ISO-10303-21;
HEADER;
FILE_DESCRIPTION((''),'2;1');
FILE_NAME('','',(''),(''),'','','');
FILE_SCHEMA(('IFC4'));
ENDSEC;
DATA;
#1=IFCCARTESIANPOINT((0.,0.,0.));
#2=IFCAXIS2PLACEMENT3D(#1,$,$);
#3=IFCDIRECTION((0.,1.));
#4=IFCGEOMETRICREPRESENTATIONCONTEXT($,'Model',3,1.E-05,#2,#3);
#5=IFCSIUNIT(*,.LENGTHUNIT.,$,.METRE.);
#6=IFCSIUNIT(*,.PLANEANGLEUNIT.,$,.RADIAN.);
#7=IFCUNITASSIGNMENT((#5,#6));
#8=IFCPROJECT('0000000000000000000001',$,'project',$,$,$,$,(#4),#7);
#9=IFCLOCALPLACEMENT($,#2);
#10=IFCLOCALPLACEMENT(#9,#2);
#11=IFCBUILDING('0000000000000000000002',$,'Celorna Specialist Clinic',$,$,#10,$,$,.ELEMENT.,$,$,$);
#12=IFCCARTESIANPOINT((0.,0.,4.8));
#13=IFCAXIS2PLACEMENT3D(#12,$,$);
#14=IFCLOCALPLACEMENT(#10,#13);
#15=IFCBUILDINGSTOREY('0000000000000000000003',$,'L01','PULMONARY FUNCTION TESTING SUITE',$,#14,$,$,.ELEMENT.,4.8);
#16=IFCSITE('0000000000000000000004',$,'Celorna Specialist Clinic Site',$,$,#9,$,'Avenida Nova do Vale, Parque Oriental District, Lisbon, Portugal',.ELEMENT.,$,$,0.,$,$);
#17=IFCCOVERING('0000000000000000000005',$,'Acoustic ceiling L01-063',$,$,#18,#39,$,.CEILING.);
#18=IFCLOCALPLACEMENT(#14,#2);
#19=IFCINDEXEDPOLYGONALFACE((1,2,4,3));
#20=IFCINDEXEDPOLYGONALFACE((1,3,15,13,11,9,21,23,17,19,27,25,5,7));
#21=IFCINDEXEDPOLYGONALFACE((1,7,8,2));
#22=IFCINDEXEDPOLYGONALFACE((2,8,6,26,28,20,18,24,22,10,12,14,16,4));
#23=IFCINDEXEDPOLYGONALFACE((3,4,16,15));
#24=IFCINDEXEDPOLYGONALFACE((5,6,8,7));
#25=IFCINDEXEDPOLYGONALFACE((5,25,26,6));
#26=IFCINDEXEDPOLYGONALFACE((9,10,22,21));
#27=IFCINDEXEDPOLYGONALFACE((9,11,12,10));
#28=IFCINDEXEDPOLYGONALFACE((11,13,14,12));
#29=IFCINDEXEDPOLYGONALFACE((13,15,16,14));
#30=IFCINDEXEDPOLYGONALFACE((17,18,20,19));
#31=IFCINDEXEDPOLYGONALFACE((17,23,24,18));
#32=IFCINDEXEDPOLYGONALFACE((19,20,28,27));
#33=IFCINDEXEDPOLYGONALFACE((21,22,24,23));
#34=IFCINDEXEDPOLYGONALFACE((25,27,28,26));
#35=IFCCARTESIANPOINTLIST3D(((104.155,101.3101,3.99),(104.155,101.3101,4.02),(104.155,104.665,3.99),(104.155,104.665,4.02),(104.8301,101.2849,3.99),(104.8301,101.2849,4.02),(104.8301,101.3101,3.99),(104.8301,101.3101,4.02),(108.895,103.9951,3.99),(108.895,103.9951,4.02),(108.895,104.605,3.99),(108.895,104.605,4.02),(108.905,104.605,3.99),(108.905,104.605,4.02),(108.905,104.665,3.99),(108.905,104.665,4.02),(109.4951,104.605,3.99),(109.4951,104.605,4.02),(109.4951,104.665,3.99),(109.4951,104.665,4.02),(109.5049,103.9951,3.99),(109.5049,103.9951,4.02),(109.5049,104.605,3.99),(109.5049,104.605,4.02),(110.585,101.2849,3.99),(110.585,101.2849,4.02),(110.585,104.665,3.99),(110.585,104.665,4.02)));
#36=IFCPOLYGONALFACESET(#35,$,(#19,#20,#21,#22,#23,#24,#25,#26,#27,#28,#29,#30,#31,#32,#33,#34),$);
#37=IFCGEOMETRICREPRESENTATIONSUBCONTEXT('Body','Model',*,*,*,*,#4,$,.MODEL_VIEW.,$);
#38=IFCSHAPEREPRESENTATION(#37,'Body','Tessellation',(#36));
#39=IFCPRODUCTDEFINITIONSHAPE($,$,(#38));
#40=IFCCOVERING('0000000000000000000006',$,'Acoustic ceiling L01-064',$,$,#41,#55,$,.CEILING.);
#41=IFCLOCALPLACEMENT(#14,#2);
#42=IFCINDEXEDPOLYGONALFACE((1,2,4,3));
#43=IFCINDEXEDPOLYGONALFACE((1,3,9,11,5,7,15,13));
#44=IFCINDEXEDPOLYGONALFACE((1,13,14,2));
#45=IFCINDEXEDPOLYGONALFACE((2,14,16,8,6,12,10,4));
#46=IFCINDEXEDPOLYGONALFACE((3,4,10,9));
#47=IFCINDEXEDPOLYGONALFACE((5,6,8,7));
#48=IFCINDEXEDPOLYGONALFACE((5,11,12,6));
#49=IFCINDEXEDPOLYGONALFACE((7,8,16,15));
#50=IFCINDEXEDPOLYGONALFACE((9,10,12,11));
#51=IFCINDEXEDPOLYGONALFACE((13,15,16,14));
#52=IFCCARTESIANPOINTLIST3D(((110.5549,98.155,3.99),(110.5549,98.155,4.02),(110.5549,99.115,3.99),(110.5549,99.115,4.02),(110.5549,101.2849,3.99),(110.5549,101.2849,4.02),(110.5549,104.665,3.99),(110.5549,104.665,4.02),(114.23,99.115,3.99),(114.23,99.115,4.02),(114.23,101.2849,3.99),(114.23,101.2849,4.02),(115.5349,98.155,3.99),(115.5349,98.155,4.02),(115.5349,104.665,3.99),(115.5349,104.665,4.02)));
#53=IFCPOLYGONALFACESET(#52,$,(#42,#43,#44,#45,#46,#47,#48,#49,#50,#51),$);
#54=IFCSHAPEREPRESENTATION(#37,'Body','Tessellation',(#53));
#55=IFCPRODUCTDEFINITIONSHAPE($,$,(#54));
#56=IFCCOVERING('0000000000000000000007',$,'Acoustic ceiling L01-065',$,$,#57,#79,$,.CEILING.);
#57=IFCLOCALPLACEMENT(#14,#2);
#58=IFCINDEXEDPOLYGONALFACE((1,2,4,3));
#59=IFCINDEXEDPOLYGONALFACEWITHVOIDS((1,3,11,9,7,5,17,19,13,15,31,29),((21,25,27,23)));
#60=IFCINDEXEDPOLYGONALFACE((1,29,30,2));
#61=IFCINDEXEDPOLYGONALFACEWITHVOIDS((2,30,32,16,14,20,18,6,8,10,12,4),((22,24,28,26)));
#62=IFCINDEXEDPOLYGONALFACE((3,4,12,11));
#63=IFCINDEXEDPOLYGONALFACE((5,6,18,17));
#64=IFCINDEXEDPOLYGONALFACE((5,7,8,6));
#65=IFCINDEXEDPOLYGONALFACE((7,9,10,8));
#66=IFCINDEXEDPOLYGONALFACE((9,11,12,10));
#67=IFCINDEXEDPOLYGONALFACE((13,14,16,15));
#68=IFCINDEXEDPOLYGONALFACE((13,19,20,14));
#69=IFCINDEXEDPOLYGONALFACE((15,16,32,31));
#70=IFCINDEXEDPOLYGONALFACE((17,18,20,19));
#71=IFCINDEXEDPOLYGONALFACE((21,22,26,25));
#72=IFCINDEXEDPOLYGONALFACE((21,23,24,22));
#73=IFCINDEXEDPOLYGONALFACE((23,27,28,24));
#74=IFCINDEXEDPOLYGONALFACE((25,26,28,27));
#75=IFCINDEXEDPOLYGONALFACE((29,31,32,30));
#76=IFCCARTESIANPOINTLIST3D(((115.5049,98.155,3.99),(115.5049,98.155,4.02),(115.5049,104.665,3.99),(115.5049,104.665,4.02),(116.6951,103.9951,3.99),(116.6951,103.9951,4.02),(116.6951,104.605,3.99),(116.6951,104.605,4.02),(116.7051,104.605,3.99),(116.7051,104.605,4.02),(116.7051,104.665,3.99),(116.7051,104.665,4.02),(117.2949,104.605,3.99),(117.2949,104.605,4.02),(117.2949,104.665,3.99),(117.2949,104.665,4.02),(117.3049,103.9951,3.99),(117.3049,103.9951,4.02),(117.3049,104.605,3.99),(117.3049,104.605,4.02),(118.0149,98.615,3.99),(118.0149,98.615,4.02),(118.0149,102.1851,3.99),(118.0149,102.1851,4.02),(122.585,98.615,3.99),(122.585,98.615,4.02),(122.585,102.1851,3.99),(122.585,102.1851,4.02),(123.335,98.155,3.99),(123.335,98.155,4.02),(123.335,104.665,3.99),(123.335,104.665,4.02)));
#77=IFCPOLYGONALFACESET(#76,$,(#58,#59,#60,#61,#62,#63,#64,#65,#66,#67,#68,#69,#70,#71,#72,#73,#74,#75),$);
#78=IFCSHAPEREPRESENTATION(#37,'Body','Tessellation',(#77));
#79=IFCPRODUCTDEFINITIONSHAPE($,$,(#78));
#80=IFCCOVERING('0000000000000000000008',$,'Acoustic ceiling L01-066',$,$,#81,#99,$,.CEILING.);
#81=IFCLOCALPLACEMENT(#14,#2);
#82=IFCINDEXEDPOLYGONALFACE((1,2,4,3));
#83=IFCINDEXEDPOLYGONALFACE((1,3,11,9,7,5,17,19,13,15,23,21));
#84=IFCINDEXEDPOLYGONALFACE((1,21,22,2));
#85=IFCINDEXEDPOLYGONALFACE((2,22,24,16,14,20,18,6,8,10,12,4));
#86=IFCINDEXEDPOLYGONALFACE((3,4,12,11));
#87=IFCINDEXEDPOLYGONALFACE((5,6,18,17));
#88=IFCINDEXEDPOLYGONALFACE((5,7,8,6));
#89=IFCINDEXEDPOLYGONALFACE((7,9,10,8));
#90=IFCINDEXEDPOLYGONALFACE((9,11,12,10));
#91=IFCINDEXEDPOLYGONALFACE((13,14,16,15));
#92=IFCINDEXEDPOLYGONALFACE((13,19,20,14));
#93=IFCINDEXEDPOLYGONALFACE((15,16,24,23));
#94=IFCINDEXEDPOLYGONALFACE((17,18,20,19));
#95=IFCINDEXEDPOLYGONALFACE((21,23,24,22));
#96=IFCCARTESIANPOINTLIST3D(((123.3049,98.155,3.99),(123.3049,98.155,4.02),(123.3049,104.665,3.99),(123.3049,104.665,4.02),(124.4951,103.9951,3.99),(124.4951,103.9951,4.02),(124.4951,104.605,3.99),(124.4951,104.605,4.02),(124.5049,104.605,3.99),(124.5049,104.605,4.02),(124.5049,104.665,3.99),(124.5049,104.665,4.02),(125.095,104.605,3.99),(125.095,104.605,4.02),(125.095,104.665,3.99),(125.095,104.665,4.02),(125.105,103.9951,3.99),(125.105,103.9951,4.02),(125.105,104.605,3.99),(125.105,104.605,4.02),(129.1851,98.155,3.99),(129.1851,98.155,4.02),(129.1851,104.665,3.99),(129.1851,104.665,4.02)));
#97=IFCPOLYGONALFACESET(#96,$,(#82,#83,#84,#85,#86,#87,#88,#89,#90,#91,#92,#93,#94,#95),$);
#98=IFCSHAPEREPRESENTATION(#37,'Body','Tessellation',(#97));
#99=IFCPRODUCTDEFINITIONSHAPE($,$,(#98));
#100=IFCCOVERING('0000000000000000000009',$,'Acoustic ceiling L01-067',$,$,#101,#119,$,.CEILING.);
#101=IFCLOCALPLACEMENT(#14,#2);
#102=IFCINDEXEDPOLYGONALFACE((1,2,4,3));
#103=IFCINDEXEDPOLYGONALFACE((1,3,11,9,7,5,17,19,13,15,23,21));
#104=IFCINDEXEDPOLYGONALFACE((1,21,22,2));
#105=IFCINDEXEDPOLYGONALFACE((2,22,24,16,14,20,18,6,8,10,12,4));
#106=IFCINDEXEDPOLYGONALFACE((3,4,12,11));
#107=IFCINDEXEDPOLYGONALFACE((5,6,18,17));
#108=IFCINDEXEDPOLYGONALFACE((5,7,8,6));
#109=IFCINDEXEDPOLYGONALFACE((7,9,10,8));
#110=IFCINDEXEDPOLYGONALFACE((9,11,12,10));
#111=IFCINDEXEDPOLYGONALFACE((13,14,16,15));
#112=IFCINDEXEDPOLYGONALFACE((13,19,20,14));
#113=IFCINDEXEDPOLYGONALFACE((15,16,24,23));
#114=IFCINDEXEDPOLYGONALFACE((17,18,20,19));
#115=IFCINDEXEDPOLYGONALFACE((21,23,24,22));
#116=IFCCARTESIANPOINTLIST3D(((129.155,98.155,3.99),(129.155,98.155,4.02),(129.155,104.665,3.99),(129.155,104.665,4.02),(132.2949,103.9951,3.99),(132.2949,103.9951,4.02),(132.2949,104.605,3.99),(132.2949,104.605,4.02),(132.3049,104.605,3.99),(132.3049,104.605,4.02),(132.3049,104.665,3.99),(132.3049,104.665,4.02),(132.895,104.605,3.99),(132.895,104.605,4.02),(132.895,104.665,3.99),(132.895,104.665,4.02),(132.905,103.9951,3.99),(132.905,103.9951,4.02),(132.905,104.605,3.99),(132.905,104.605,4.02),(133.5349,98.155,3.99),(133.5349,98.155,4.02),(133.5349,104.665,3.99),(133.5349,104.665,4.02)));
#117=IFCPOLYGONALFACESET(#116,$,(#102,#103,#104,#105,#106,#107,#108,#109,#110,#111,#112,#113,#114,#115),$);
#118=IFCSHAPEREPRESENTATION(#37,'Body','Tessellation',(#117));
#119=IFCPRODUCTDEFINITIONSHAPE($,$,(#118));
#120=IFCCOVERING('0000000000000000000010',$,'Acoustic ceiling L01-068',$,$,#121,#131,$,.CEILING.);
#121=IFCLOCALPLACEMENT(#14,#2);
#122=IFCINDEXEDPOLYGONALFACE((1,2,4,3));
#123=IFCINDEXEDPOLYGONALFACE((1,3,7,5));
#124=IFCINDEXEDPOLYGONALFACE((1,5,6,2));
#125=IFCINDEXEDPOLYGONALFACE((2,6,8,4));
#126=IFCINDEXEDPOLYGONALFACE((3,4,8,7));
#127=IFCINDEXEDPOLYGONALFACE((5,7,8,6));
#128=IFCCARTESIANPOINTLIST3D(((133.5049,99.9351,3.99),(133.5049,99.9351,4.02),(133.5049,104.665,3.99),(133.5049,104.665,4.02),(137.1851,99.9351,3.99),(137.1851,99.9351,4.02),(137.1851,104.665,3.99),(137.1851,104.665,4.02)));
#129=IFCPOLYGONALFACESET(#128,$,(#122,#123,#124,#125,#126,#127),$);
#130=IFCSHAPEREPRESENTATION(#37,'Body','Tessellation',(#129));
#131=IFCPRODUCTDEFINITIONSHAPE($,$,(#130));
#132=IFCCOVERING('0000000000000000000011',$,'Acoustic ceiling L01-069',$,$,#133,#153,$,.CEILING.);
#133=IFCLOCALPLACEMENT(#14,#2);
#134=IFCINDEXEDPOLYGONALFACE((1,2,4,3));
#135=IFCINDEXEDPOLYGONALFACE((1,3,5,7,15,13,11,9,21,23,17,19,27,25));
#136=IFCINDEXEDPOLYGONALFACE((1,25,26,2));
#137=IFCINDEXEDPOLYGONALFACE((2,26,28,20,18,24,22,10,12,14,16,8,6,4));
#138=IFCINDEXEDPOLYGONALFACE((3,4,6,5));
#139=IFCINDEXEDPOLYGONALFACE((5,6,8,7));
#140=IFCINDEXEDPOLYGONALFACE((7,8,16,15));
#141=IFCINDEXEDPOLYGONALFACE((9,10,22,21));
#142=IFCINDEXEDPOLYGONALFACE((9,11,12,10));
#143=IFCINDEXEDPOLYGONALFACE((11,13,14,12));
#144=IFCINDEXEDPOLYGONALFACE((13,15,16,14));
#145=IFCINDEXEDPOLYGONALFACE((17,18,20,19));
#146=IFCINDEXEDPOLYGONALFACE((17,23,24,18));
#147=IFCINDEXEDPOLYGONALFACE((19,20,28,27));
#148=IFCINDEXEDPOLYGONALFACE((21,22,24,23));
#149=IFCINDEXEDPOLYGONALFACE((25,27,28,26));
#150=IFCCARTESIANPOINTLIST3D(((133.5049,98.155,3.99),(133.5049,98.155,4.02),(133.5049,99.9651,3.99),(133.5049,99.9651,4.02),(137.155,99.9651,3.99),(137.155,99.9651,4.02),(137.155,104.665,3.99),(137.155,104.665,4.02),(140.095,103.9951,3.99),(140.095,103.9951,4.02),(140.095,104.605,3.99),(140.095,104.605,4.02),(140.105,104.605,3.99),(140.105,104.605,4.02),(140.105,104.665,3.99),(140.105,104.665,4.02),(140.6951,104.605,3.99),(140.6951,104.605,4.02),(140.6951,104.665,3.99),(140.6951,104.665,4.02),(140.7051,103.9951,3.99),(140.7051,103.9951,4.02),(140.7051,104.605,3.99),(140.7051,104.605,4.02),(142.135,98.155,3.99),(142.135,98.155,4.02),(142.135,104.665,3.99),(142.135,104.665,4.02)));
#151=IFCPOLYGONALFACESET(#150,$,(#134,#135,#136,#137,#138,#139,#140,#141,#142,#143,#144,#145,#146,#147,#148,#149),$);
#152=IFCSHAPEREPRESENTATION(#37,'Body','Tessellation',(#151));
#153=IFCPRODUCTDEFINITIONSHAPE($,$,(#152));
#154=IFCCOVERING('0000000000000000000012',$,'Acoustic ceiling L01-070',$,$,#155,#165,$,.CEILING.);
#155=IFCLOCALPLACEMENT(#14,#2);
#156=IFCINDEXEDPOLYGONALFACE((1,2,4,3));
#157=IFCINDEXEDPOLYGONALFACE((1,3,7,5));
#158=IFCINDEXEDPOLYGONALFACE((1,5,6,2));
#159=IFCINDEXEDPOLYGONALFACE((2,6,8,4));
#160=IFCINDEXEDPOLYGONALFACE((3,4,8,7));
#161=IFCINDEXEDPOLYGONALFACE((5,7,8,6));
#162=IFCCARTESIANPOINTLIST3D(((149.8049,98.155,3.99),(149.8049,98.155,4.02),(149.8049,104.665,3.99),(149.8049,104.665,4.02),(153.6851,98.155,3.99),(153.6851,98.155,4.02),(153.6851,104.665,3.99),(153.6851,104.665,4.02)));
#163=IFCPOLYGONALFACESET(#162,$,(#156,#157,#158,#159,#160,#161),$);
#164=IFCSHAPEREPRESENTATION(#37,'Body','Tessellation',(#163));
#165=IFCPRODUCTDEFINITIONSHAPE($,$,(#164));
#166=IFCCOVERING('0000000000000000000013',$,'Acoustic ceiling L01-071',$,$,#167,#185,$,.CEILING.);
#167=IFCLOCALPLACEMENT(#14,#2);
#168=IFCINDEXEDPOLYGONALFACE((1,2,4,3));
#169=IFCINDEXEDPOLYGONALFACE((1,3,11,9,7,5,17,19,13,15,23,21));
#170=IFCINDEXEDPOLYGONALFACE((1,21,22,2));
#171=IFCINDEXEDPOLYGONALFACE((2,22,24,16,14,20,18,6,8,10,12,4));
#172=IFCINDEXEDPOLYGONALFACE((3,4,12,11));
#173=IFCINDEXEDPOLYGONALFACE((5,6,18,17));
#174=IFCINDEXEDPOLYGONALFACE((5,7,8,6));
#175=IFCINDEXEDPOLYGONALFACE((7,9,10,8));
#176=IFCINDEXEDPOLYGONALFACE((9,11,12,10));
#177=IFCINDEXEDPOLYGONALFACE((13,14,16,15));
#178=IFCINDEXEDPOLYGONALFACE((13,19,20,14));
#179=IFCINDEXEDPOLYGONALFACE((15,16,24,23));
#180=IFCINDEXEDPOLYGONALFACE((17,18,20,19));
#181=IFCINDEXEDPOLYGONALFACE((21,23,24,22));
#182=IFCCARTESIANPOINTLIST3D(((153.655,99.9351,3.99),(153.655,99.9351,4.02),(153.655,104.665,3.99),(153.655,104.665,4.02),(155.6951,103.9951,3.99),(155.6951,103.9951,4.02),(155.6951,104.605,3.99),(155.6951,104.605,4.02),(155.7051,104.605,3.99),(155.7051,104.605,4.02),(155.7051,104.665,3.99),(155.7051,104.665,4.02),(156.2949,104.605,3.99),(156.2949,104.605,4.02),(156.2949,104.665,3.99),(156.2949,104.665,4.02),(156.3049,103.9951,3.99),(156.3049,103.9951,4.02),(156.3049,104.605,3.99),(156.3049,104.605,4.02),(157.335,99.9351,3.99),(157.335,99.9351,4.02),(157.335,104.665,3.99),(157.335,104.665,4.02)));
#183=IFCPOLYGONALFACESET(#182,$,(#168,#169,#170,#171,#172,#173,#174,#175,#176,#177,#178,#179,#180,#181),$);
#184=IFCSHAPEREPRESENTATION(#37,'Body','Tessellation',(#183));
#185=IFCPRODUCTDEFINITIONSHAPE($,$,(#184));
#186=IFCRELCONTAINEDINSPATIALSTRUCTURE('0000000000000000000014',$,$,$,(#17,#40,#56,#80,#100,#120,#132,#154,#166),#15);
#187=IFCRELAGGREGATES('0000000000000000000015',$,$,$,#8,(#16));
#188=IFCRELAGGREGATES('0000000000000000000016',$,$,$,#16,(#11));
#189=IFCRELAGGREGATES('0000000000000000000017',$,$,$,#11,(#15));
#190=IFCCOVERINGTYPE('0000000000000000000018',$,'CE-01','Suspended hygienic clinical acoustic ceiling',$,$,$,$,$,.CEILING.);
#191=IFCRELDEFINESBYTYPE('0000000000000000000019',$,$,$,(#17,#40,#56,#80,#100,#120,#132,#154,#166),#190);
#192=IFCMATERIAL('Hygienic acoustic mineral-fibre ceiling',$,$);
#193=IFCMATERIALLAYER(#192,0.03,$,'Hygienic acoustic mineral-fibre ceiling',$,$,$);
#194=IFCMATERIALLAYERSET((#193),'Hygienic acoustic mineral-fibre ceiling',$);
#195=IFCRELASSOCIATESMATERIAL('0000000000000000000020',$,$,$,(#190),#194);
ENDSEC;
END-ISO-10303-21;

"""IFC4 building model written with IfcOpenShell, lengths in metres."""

from ifc_helpers import new_model, si_unit, direction, frame, origin, place, context, subcontext, project, spatial, polyline, outline, extrude, material, layer, layer_set, type_object, element, save


model = new_model("IFC4")

# Units and contexts
model_context = context("Model", 3, precision=1e-05, world=origin(), true_north=direction((0.0, 1.0)))
body_context = subcontext(model_context, "Body", "Model", "MODEL_VIEW")
ifc_project = project(units=[si_unit("LENGTHUNIT", "METRE"), si_unit("PLANEANGLEUNIT", "RADIAN")], contexts=[model_context])

# Site, building, storey
site_placement = place(None, origin())
site = spatial("IfcSite", under=ifc_project, at=site_placement, Name="Celorna Specialist Clinic Site", LongName="Avenida Nova do Vale, Parque Oriental District, Lisbon, Portugal", CompositionType="ELEMENT", RefElevation=0.0)
building_placement = place(site_placement, origin())
building = spatial("IfcBuilding", under=site, at=building_placement, Name="Celorna Specialist Clinic", CompositionType="ELEMENT")
storey_placement = place(building_placement, frame((0.0, 0.0, 4.8)))
storey = spatial("IfcBuildingStorey", under=building, at=storey_placement, Name="L01", Description="PULMONARY FUNCTION TESTING SUITE", CompositionType="ELEMENT", Elevation=4.8)

# Coverings
ifc_material_1 = material(Name="Hygienic acoustic mineral-fibre ceiling")
ifc_layer_1 = layer(ifc_material_1, 0.03, Name="Hygienic acoustic mineral-fibre ceiling")
ifc_layer_set_1 = layer_set([ifc_layer_1], Name="Hygienic acoustic mineral-fibre ceiling")
covering_type_1 = type_object("IfcCoveringType", Name="CE-01", Description="Suspended hygienic clinical acoustic ceiling", PredefinedType="CEILING", material=ifc_layer_set_1)
covering_1_placement = place(storey_placement, frame((0.0, 0.0, 3.99)))
element("IfcCovering", 1, at=covering_1_placement, inside=storey, type_object=covering_type_1, Name="Acoustic ceiling L01-063", PredefinedType="CEILING", context=body_context, shape_type="SweptSolid", body=[
    extrude(outline(polyline([(104.8301, 101.3101), (104.155, 101.3101), (104.155, 104.665), (108.905, 104.665), (108.905, 104.605), (108.895, 104.605), (108.895, 103.9951), (109.5049, 103.9951), (109.5049, 104.605), (109.4951, 104.605), (109.4951, 104.665), (110.585, 104.665), (110.585, 101.2849), (104.8301, 101.2849), (104.8301, 101.3101)])), origin(), (0.0, 0.0, 1.0), 0.03),
])
covering_2_placement = place(storey_placement, frame((0.0, 0.0, 3.99)))
element("IfcCovering", 2, at=covering_2_placement, inside=storey, type_object=covering_type_1, Name="Acoustic ceiling L01-064", PredefinedType="CEILING", context=body_context, shape_type="SweptSolid", body=[
    extrude(outline(polyline([(115.5349, 98.155), (110.5549, 98.155), (110.5549, 99.115), (114.23, 99.115), (114.23, 101.2849), (110.5549, 101.2849), (110.5549, 104.665), (115.5349, 104.665), (115.5349, 98.155)])), origin(), (0.0, 0.0, 1.0), 0.03),
])
covering_3_placement = place(storey_placement, frame((0.0, 0.0, 3.99)))
element("IfcCovering", 3, at=covering_3_placement, inside=storey, type_object=covering_type_1, Name="Acoustic ceiling L01-065", PredefinedType="CEILING", context=body_context, shape_type="SweptSolid", body=[
    extrude(outline(polyline([(116.7051, 104.665), (116.7051, 104.605), (116.6951, 104.605), (116.6951, 103.9951), (117.3049, 103.9951), (117.3049, 104.605), (117.2949, 104.605), (117.2949, 104.665), (123.335, 104.665), (123.335, 98.155), (115.5049, 98.155), (115.5049, 104.665), (116.7051, 104.665)]), holes=[polyline([(122.585, 102.1851), (118.0149, 102.1851), (118.0149, 98.615), (122.585, 98.615), (122.585, 102.1851)])]), origin(), (0.0, 0.0, 1.0), 0.03),
])
covering_4_placement = place(storey_placement, frame((0.0, 0.0, 3.99)))
element("IfcCovering", 4, at=covering_4_placement, inside=storey, type_object=covering_type_1, Name="Acoustic ceiling L01-066", PredefinedType="CEILING", context=body_context, shape_type="SweptSolid", body=[
    extrude(outline(polyline([(124.5049, 104.665), (124.5049, 104.605), (124.4951, 104.605), (124.4951, 103.9951), (125.105, 103.9951), (125.105, 104.605), (125.095, 104.605), (125.095, 104.665), (129.1851, 104.665), (129.1851, 98.155), (123.3049, 98.155), (123.3049, 104.665), (124.5049, 104.665)])), origin(), (0.0, 0.0, 1.0), 0.03),
])
covering_5_placement = place(storey_placement, frame((0.0, 0.0, 3.99)))
element("IfcCovering", 5, at=covering_5_placement, inside=storey, type_object=covering_type_1, Name="Acoustic ceiling L01-067", PredefinedType="CEILING", context=body_context, shape_type="SweptSolid", body=[
    extrude(outline(polyline([(132.3049, 104.665), (132.3049, 104.605), (132.2949, 104.605), (132.2949, 103.9951), (132.905, 103.9951), (132.905, 104.605), (132.895, 104.605), (132.895, 104.665), (133.5349, 104.665), (133.5349, 98.155), (129.155, 98.155), (129.155, 104.665), (132.3049, 104.665)])), origin(), (0.0, 0.0, 1.0), 0.03),
])
covering_6_placement = place(storey_placement, frame((0.0, 0.0, 3.99)))
element("IfcCovering", 6, at=covering_6_placement, inside=storey, type_object=covering_type_1, Name="Acoustic ceiling L01-068", PredefinedType="CEILING", context=body_context, shape_type="SweptSolid", body=[
    extrude(outline(polyline([(137.1851, 104.665), (137.1851, 99.9351), (133.5049, 99.9351), (133.5049, 104.665), (137.1851, 104.665)])), origin(), (0.0, 0.0, 1.0), 0.03),
])
covering_7_placement = place(storey_placement, frame((0.0, 0.0, 3.99)))
element("IfcCovering", 7, at=covering_7_placement, inside=storey, type_object=covering_type_1, Name="Acoustic ceiling L01-069", PredefinedType="CEILING", context=body_context, shape_type="SweptSolid", body=[
    extrude(outline(polyline([(137.155, 104.665), (140.105, 104.665), (140.105, 104.605), (140.095, 104.605), (140.095, 103.9951), (140.7051, 103.9951), (140.7051, 104.605), (140.6951, 104.605), (140.6951, 104.665), (142.135, 104.665), (142.135, 98.155), (133.5049, 98.155), (133.5049, 99.9651), (137.155, 99.9651), (137.155, 104.665)])), origin(), (0.0, 0.0, 1.0), 0.03),
])
covering_8_placement = place(storey_placement, frame((0.0, 0.0, 3.99)))
element("IfcCovering", 8, at=covering_8_placement, inside=storey, type_object=covering_type_1, Name="Acoustic ceiling L01-070", PredefinedType="CEILING", context=body_context, shape_type="SweptSolid", body=[
    extrude(outline(polyline([(153.6851, 104.665), (153.6851, 98.155), (149.8049, 98.155), (149.8049, 104.665), (153.6851, 104.665)])), origin(), (0.0, 0.0, 1.0), 0.03),
])
covering_9_placement = place(storey_placement, frame((0.0, 0.0, 3.99)))
element("IfcCovering", 9, at=covering_9_placement, inside=storey, type_object=covering_type_1, Name="Acoustic ceiling L01-071", PredefinedType="CEILING", context=body_context, shape_type="SweptSolid", body=[
    extrude(outline(polyline([(155.7051, 104.665), (155.7051, 104.605), (155.6951, 104.605), (155.6951, 103.9951), (156.3049, 103.9951), (156.3049, 104.605), (156.2949, 104.605), (156.2949, 104.665), (157.335, 104.665), (157.335, 99.9351), (153.655, 99.9351), (153.655, 104.665), (155.7051, 104.665)])), origin(), (0.0, 0.0, 1.0), 0.03),
])

save(model, "model.ifc")
